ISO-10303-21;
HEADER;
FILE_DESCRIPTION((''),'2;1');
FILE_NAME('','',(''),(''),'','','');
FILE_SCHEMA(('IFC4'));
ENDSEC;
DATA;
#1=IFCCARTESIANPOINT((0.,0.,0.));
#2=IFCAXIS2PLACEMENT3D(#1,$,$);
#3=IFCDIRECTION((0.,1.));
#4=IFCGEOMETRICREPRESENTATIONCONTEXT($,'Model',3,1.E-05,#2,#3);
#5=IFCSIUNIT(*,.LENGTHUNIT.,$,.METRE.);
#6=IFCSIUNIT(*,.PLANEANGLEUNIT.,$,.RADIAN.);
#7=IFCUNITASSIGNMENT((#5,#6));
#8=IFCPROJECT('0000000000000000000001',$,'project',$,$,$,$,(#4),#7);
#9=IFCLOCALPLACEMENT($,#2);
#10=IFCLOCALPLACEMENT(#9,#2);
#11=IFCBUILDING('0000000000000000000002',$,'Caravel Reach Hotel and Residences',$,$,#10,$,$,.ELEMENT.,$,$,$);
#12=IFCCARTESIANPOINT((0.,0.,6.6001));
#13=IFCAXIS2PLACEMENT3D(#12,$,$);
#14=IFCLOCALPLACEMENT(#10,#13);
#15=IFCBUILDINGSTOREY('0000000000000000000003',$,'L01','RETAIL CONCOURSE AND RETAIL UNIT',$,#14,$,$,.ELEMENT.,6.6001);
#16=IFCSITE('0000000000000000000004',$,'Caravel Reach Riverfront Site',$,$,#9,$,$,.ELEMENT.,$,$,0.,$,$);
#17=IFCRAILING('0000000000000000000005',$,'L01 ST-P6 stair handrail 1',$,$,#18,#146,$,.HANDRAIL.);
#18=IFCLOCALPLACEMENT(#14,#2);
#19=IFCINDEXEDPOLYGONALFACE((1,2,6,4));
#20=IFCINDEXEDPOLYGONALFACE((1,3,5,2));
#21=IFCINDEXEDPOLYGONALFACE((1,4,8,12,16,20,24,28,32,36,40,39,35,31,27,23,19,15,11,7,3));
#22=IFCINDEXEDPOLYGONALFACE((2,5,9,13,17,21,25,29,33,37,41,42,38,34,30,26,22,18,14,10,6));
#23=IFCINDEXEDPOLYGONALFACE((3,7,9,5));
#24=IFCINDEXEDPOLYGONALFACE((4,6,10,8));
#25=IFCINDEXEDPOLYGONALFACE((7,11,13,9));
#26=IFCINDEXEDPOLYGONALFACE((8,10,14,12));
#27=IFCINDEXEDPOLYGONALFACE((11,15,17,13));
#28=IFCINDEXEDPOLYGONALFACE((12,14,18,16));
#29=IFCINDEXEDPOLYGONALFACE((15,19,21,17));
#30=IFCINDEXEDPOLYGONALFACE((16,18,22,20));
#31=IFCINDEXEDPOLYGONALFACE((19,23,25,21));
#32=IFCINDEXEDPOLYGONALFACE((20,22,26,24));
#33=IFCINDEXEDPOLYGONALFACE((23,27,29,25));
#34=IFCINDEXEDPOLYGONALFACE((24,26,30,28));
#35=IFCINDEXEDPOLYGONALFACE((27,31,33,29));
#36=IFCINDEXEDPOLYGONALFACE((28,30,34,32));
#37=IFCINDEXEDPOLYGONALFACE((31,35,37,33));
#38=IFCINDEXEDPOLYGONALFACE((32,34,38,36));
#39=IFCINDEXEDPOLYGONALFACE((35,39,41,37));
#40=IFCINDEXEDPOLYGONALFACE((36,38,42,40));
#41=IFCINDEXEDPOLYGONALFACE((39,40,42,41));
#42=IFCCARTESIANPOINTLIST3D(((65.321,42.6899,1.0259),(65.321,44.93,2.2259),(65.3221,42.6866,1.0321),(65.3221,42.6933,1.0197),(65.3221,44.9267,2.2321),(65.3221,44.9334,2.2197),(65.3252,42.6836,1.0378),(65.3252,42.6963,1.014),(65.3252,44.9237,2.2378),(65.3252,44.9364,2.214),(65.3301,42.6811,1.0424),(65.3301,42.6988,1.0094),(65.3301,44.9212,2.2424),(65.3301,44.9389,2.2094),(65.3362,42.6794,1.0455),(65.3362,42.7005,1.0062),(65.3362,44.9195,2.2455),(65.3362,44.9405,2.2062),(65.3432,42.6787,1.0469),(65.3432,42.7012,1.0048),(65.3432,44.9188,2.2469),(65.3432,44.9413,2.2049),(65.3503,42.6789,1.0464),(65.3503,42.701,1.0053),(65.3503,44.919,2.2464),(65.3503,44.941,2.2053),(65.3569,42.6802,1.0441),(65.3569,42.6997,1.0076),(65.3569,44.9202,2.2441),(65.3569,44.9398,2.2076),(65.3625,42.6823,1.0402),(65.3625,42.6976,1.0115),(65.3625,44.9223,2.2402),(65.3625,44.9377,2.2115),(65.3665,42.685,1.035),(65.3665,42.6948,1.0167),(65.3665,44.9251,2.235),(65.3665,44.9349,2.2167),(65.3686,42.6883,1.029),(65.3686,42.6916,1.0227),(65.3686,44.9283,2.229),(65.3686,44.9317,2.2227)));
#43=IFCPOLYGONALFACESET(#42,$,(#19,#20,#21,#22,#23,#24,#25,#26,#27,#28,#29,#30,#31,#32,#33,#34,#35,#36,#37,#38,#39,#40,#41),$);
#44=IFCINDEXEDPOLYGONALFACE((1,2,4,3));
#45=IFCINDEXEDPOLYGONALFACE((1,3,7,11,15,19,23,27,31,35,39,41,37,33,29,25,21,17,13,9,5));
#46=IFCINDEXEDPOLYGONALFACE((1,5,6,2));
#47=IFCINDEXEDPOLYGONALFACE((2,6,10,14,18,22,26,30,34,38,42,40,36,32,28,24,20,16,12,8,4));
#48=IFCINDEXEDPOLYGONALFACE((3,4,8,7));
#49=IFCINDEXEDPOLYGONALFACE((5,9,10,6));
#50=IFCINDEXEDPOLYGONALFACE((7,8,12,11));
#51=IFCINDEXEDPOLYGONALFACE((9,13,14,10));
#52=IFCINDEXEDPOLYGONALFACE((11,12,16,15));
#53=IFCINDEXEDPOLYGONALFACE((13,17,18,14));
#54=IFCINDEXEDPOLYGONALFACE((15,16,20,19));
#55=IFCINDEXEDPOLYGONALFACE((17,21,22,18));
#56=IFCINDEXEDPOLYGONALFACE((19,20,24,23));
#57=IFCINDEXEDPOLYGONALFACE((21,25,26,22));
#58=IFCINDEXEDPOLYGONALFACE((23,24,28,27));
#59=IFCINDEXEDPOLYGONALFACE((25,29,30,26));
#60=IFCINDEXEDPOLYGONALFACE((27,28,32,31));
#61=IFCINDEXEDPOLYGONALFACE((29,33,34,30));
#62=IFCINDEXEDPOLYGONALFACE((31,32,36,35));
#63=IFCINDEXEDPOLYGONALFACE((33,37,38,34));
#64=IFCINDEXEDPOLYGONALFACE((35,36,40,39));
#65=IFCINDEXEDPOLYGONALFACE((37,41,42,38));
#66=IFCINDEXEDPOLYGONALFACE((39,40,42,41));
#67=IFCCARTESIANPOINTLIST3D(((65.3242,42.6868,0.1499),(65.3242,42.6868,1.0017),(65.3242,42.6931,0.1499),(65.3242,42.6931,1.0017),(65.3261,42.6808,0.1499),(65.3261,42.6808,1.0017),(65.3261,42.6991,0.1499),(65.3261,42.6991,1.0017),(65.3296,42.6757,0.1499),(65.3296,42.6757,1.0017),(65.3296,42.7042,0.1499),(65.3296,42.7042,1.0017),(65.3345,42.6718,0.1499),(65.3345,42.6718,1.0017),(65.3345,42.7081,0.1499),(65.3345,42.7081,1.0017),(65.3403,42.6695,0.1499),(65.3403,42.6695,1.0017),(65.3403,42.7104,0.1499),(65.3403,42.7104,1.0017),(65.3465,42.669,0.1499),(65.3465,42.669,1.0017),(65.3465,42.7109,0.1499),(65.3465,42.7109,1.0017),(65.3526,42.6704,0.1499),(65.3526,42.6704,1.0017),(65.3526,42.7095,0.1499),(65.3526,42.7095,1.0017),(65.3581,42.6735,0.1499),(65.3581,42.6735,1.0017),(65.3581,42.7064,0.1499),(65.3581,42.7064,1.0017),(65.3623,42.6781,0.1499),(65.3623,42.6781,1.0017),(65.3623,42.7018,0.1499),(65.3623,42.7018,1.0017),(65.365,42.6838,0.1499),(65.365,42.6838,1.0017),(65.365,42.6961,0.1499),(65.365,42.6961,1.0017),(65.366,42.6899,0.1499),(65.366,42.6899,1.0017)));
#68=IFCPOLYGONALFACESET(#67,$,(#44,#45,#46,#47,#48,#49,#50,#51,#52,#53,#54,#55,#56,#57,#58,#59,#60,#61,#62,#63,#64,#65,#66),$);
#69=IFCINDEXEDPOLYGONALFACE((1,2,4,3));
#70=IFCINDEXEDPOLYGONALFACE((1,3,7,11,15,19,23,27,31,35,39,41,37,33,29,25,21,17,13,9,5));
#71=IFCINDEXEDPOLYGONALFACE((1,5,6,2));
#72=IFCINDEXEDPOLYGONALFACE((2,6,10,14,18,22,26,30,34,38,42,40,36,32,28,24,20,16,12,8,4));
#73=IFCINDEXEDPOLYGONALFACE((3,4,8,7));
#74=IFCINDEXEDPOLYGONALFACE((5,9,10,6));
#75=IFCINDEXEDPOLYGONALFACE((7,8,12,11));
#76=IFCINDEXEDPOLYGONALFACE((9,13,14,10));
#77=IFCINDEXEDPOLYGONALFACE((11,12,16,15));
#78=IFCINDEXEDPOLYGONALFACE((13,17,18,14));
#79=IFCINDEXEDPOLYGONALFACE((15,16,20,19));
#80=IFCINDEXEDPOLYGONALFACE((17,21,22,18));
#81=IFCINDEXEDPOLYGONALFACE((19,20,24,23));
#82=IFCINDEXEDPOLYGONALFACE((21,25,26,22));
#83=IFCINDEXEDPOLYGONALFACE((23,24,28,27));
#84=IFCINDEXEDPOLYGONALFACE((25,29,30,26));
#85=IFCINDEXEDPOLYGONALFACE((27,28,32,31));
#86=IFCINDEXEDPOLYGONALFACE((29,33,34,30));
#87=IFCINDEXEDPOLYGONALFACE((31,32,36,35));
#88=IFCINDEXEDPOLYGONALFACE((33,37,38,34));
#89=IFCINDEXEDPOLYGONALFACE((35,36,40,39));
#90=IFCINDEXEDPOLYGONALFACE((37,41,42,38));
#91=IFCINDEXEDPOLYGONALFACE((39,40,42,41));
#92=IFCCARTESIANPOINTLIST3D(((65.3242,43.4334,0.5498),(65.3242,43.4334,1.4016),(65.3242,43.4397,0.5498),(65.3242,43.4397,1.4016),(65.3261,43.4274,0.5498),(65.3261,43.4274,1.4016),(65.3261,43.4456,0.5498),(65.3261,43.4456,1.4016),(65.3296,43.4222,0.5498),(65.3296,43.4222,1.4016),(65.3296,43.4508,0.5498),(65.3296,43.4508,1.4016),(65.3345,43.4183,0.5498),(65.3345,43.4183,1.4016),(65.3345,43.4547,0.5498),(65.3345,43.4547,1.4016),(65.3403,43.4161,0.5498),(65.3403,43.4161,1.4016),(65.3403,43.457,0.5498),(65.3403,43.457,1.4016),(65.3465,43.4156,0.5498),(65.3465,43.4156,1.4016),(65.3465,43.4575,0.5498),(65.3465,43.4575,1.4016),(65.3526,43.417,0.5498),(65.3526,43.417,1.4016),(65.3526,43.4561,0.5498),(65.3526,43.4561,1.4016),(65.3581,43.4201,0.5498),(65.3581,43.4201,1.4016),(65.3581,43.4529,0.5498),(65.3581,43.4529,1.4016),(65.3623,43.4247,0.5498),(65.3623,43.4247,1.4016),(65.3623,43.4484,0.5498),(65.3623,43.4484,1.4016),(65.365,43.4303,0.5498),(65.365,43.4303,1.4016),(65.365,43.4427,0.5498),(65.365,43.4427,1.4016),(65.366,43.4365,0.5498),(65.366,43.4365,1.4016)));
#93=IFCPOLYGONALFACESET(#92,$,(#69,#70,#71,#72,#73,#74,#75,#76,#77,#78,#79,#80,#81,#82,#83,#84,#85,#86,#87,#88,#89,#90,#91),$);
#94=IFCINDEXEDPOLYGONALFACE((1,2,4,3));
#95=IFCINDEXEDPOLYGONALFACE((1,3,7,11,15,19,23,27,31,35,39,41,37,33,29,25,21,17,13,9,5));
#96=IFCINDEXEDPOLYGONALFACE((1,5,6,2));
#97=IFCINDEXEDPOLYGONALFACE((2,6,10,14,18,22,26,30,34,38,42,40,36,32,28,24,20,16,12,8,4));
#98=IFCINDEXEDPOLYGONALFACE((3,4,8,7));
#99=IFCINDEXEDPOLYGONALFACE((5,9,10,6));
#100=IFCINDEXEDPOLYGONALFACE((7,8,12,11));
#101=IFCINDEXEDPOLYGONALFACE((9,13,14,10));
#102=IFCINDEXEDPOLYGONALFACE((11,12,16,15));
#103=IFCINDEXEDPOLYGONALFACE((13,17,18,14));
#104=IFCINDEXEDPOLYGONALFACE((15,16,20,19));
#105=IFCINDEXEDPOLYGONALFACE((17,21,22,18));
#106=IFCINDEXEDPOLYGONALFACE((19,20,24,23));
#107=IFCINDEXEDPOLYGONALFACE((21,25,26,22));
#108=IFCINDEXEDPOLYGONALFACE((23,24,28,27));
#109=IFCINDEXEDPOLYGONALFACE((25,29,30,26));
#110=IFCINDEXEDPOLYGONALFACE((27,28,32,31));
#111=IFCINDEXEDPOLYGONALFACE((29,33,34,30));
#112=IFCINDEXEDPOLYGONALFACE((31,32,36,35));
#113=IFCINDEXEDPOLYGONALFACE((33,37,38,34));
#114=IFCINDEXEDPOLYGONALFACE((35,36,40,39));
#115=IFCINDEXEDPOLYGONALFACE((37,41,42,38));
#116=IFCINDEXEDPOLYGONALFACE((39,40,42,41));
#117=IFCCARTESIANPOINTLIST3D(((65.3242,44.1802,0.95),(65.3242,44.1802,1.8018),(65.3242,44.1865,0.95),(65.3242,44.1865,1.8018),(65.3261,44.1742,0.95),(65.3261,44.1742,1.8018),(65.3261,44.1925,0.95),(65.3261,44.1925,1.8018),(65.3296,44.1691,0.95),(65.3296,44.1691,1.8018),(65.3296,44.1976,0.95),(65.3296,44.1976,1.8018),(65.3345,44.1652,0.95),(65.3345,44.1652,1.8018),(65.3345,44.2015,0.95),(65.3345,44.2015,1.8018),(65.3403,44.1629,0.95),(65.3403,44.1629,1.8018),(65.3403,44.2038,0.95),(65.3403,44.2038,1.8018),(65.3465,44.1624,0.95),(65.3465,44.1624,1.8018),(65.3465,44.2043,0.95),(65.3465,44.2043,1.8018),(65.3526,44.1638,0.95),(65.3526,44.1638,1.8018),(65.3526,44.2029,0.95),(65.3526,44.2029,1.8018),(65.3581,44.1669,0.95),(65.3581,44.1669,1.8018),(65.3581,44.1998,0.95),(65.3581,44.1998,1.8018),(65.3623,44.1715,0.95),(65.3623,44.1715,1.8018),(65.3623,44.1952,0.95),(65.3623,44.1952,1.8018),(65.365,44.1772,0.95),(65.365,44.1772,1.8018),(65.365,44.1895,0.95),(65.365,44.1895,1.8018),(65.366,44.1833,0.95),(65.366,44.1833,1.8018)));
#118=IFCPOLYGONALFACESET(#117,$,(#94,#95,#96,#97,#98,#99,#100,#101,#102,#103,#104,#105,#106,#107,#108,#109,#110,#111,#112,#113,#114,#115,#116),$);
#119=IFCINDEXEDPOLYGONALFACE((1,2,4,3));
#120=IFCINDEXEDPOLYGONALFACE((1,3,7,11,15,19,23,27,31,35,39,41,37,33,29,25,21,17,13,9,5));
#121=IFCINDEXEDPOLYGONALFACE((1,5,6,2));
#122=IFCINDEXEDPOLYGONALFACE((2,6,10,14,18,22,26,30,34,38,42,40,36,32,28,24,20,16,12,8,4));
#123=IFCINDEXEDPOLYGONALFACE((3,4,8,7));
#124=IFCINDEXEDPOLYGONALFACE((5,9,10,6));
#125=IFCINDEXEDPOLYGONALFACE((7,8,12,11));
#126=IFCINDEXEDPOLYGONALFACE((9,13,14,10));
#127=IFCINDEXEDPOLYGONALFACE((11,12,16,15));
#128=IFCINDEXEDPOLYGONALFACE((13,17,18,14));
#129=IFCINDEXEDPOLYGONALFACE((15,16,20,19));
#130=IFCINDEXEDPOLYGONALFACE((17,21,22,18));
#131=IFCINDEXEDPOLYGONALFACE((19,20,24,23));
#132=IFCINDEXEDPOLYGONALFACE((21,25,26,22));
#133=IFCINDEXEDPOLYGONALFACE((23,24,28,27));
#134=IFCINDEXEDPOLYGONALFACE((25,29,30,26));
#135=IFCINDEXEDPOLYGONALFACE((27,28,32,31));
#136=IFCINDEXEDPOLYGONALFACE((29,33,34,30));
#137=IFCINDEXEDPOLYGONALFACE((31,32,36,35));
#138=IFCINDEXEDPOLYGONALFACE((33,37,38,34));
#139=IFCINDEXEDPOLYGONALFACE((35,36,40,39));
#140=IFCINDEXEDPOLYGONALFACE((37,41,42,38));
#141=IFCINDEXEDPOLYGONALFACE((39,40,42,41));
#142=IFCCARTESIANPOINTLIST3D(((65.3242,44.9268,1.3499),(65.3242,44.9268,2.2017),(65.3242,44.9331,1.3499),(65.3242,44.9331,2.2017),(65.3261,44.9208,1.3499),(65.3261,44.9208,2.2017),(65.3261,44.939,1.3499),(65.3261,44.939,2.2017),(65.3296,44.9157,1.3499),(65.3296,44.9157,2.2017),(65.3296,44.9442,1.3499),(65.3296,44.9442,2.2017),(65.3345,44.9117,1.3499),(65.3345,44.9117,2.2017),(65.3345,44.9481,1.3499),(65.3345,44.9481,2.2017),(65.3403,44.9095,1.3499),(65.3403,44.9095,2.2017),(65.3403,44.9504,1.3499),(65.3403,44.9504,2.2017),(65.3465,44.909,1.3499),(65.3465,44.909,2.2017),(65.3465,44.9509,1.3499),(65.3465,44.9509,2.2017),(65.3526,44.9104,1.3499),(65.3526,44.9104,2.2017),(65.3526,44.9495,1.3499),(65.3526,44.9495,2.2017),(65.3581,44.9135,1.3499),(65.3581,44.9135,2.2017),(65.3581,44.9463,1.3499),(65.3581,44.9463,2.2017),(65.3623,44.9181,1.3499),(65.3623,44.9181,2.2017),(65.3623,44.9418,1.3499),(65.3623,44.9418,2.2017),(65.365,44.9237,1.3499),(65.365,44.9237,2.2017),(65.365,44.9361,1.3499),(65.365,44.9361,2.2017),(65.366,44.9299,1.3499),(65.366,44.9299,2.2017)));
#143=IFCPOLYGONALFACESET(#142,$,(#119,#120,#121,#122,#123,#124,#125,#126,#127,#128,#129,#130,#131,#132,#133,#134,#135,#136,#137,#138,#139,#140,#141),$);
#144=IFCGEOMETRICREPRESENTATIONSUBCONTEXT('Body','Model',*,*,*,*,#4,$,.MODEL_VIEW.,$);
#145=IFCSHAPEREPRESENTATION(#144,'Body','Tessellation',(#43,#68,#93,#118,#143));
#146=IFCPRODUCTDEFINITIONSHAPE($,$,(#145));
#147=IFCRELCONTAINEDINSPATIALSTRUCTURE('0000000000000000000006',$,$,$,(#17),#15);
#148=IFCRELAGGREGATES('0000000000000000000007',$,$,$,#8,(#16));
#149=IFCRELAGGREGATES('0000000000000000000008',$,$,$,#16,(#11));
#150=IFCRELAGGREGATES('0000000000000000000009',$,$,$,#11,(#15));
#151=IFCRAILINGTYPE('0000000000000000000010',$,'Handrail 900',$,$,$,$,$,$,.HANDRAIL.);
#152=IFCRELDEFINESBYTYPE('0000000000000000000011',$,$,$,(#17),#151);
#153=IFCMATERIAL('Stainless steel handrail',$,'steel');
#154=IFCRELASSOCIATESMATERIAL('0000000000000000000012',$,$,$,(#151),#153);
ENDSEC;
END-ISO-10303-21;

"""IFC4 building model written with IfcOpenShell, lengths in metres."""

from ifc_helpers import new_model, si_unit, direction, frame, origin, origin_2d, place, context, subcontext, project, spatial, circle, extrude, material, type_object, element, save


model = new_model("IFC4")

# Units and contexts
model_context = context("Model", 3, precision=1e-05, world=origin(), true_north=direction((0.0, 1.0)))
body_context = subcontext(model_context, "Body", "Model", "MODEL_VIEW")
ifc_project = project(units=[si_unit("LENGTHUNIT", "METRE"), si_unit("PLANEANGLEUNIT", "RADIAN")], contexts=[model_context])

# Site, building, storey
site_placement = place(None, origin())
site = spatial("IfcSite", under=ifc_project, at=site_placement, Name="Caravel Reach Riverfront Site", CompositionType="ELEMENT", RefElevation=0.0)
building_placement = place(site_placement, origin())
building = spatial("IfcBuilding", under=site, at=building_placement, Name="Caravel Reach Hotel and Residences", CompositionType="ELEMENT")
storey_placement = place(building_placement, frame((0.0, 0.0, 6.6001)))
storey = spatial("IfcBuildingStorey", under=building, at=storey_placement, Name="L01", Description="RETAIL CONCOURSE AND RETAIL UNIT", CompositionType="ELEMENT", Elevation=6.6001)

# Railing
ifc_material_1 = material(Name="Stainless steel handrail", Category="steel")
railing_type_1 = type_object("IfcRailingType", Name="Handrail 900", PredefinedType="HANDRAIL", material=ifc_material_1)
railing_1_placement = place(storey_placement, frame((65.345, 42.6899, 0.1499)))
element("IfcRailing", 1, at=railing_1_placement, inside=storey, type_object=railing_type_1, Name="L01 ST-P6 stair handrail 1", PredefinedType="HANDRAIL", context=body_context, shape_type="SweptSolid", body=[
    extrude(circle(Radius=0.0239, at=origin_2d()), frame((0.0, 0.0, 0.876), z_axis=(0.0, 0.881487, 0.472208), x_axis=(-1.0, 0.0, 0.0)), (0.0, 0.0, 1.0), 2.5413),
    extrude(circle(Radius=0.021, at=origin_2d()), origin(), (0.0, 0.0, 1.0), 0.8518),
    extrude(circle(Radius=0.021, at=origin_2d()), frame((0.0, 0.7466, 0.3999)), (0.0, 0.0, 1.0), 0.8518),
    extrude(circle(Radius=0.021, at=origin_2d()), frame((0.0, 1.4934, 0.8)), (0.0, 0.0, 1.0), 0.8518),
    extrude(circle(Radius=0.021, at=origin_2d()), frame((0.0, 2.24, 1.2)), (0.0, 0.0, 1.0), 0.8518),
])

save(model, "model.ifc")
